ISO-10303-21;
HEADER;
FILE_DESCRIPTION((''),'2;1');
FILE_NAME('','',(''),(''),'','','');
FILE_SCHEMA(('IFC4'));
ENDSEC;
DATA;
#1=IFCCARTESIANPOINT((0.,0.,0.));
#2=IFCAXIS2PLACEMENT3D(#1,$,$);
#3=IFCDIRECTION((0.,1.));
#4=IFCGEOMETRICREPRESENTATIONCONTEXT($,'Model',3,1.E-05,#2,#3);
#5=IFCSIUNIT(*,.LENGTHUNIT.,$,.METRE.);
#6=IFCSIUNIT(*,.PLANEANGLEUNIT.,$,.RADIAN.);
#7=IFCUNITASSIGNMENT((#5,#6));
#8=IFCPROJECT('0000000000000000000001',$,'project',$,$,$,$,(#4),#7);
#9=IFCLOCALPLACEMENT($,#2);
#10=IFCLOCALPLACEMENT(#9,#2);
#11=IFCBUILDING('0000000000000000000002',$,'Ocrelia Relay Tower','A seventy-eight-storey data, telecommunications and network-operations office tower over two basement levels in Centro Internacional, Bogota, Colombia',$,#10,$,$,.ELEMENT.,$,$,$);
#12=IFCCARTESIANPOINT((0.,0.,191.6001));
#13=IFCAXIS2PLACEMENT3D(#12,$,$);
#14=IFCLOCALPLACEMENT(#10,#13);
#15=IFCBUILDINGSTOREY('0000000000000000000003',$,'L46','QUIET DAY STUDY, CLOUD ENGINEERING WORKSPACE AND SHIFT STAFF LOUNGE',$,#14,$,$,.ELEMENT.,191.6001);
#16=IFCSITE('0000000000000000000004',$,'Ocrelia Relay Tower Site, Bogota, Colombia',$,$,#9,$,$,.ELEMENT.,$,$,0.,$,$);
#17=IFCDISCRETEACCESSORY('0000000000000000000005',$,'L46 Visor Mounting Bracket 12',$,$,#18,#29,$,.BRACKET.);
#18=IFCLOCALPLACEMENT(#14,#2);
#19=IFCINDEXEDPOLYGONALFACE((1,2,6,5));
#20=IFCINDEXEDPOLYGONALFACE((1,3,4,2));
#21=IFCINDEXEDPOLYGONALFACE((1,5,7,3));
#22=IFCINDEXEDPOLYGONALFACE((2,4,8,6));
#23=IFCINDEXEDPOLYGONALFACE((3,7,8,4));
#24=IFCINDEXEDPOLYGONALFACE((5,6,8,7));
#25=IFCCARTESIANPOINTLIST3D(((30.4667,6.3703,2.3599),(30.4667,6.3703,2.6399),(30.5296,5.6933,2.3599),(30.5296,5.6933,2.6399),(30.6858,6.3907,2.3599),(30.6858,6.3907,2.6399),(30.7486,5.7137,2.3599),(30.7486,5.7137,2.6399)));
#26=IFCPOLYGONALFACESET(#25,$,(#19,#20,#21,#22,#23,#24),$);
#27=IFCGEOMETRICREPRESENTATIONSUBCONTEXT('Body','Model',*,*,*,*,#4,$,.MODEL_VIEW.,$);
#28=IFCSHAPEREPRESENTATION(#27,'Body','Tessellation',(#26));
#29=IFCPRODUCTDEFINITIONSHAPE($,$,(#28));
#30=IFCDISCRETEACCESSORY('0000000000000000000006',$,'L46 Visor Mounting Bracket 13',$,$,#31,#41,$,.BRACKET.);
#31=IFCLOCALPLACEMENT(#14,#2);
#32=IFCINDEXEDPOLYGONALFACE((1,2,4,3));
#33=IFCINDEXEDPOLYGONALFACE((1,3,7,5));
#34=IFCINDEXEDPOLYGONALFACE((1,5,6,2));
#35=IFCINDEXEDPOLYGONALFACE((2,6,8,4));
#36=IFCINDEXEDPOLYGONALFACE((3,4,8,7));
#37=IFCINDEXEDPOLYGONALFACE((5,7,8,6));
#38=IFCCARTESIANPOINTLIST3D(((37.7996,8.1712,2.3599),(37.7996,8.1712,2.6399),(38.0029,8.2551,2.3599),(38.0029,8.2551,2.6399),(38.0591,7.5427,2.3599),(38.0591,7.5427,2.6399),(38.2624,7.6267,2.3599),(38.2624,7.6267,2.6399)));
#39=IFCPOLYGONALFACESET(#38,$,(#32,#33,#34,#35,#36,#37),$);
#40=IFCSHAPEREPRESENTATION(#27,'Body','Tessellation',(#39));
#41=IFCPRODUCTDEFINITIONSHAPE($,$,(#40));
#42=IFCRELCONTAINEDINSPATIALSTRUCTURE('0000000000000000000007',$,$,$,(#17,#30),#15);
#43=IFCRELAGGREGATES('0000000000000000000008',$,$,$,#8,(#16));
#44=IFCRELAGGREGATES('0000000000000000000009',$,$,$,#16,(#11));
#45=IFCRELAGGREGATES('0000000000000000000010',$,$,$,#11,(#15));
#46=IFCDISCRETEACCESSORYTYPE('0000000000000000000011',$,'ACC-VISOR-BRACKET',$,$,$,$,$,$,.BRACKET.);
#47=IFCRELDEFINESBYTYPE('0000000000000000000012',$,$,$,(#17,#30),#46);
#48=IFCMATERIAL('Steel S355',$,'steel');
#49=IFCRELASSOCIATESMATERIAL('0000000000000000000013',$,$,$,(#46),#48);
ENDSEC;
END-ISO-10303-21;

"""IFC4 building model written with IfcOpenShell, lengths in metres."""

from ifc_helpers import new_model, si_unit, direction, frame, origin, origin_2d, place, context, subcontext, project, spatial, rectangle, extrude, material, type_object, element, save


model = new_model("IFC4")

# Units and contexts
model_context = context("Model", 3, precision=1e-05, world=origin(), true_north=direction((0.0, 1.0)))
body_context = subcontext(model_context, "Body", "Model", "MODEL_VIEW")
ifc_project = project(units=[si_unit("LENGTHUNIT", "METRE"), si_unit("PLANEANGLEUNIT", "RADIAN")], contexts=[model_context])

# Site, building, storey
site_placement = place(None, origin())
site = spatial("IfcSite", under=ifc_project, at=site_placement, Name="Ocrelia Relay Tower Site, Bogota, Colombia", CompositionType="ELEMENT", RefElevation=0.0)
building_placement = place(site_placement, origin())
building = spatial("IfcBuilding", under=site, at=building_placement, Name="Ocrelia Relay Tower", Description="A seventy-eight-storey data, telecommunications and network-operations office tower over two basement levels in Centro Internacional, Bogota, Colombia", CompositionType="ELEMENT")
storey_placement = place(building_placement, frame((0.0, 0.0, 191.6001)))
storey = spatial("IfcBuildingStorey", under=building, at=storey_placement, Name="L46", Description="QUIET DAY STUDY, CLOUD ENGINEERING WORKSPACE AND SHIFT STAFF LOUNGE", CompositionType="ELEMENT", Elevation=191.6001)

# Shared definitions
ifc_material_1 = material(Name="Steel S355", Category="steel")

# Discrete accessories
discrete_accessory_type = type_object("IfcDiscreteAccessoryType", Name="ACC-VISOR-BRACKET", PredefinedType="BRACKET", material=ifc_material_1)
for number, where, z_axis, x_axis, name in (
    (1, (30.6077, 6.042, 2.3599), (0.0, 0.0, 1.0), (0.995717, 0.092449, 0.0), "L46 Visor Mounting Bracket 12"),
    (2, (38.031, 7.8989, 2.3599), (0.0, 0.0, 1.0), (0.924268, 0.381744, 0.0), "L46 Visor Mounting Bracket 13"),
):
    element("IfcDiscreteAccessory", number, at=place(storey_placement, frame(where, z_axis=z_axis, x_axis=x_axis)), inside=storey, type_object=discrete_accessory_type, Name=name, PredefinedType="BRACKET", context=body_context, shape_type="SweptSolid", body=[
        extrude(rectangle(XDim=0.22, YDim=0.6799, at=origin_2d()), origin(), (0.0, 0.0, 1.0), 0.28),
    ])

save(model, "model.ifc")
